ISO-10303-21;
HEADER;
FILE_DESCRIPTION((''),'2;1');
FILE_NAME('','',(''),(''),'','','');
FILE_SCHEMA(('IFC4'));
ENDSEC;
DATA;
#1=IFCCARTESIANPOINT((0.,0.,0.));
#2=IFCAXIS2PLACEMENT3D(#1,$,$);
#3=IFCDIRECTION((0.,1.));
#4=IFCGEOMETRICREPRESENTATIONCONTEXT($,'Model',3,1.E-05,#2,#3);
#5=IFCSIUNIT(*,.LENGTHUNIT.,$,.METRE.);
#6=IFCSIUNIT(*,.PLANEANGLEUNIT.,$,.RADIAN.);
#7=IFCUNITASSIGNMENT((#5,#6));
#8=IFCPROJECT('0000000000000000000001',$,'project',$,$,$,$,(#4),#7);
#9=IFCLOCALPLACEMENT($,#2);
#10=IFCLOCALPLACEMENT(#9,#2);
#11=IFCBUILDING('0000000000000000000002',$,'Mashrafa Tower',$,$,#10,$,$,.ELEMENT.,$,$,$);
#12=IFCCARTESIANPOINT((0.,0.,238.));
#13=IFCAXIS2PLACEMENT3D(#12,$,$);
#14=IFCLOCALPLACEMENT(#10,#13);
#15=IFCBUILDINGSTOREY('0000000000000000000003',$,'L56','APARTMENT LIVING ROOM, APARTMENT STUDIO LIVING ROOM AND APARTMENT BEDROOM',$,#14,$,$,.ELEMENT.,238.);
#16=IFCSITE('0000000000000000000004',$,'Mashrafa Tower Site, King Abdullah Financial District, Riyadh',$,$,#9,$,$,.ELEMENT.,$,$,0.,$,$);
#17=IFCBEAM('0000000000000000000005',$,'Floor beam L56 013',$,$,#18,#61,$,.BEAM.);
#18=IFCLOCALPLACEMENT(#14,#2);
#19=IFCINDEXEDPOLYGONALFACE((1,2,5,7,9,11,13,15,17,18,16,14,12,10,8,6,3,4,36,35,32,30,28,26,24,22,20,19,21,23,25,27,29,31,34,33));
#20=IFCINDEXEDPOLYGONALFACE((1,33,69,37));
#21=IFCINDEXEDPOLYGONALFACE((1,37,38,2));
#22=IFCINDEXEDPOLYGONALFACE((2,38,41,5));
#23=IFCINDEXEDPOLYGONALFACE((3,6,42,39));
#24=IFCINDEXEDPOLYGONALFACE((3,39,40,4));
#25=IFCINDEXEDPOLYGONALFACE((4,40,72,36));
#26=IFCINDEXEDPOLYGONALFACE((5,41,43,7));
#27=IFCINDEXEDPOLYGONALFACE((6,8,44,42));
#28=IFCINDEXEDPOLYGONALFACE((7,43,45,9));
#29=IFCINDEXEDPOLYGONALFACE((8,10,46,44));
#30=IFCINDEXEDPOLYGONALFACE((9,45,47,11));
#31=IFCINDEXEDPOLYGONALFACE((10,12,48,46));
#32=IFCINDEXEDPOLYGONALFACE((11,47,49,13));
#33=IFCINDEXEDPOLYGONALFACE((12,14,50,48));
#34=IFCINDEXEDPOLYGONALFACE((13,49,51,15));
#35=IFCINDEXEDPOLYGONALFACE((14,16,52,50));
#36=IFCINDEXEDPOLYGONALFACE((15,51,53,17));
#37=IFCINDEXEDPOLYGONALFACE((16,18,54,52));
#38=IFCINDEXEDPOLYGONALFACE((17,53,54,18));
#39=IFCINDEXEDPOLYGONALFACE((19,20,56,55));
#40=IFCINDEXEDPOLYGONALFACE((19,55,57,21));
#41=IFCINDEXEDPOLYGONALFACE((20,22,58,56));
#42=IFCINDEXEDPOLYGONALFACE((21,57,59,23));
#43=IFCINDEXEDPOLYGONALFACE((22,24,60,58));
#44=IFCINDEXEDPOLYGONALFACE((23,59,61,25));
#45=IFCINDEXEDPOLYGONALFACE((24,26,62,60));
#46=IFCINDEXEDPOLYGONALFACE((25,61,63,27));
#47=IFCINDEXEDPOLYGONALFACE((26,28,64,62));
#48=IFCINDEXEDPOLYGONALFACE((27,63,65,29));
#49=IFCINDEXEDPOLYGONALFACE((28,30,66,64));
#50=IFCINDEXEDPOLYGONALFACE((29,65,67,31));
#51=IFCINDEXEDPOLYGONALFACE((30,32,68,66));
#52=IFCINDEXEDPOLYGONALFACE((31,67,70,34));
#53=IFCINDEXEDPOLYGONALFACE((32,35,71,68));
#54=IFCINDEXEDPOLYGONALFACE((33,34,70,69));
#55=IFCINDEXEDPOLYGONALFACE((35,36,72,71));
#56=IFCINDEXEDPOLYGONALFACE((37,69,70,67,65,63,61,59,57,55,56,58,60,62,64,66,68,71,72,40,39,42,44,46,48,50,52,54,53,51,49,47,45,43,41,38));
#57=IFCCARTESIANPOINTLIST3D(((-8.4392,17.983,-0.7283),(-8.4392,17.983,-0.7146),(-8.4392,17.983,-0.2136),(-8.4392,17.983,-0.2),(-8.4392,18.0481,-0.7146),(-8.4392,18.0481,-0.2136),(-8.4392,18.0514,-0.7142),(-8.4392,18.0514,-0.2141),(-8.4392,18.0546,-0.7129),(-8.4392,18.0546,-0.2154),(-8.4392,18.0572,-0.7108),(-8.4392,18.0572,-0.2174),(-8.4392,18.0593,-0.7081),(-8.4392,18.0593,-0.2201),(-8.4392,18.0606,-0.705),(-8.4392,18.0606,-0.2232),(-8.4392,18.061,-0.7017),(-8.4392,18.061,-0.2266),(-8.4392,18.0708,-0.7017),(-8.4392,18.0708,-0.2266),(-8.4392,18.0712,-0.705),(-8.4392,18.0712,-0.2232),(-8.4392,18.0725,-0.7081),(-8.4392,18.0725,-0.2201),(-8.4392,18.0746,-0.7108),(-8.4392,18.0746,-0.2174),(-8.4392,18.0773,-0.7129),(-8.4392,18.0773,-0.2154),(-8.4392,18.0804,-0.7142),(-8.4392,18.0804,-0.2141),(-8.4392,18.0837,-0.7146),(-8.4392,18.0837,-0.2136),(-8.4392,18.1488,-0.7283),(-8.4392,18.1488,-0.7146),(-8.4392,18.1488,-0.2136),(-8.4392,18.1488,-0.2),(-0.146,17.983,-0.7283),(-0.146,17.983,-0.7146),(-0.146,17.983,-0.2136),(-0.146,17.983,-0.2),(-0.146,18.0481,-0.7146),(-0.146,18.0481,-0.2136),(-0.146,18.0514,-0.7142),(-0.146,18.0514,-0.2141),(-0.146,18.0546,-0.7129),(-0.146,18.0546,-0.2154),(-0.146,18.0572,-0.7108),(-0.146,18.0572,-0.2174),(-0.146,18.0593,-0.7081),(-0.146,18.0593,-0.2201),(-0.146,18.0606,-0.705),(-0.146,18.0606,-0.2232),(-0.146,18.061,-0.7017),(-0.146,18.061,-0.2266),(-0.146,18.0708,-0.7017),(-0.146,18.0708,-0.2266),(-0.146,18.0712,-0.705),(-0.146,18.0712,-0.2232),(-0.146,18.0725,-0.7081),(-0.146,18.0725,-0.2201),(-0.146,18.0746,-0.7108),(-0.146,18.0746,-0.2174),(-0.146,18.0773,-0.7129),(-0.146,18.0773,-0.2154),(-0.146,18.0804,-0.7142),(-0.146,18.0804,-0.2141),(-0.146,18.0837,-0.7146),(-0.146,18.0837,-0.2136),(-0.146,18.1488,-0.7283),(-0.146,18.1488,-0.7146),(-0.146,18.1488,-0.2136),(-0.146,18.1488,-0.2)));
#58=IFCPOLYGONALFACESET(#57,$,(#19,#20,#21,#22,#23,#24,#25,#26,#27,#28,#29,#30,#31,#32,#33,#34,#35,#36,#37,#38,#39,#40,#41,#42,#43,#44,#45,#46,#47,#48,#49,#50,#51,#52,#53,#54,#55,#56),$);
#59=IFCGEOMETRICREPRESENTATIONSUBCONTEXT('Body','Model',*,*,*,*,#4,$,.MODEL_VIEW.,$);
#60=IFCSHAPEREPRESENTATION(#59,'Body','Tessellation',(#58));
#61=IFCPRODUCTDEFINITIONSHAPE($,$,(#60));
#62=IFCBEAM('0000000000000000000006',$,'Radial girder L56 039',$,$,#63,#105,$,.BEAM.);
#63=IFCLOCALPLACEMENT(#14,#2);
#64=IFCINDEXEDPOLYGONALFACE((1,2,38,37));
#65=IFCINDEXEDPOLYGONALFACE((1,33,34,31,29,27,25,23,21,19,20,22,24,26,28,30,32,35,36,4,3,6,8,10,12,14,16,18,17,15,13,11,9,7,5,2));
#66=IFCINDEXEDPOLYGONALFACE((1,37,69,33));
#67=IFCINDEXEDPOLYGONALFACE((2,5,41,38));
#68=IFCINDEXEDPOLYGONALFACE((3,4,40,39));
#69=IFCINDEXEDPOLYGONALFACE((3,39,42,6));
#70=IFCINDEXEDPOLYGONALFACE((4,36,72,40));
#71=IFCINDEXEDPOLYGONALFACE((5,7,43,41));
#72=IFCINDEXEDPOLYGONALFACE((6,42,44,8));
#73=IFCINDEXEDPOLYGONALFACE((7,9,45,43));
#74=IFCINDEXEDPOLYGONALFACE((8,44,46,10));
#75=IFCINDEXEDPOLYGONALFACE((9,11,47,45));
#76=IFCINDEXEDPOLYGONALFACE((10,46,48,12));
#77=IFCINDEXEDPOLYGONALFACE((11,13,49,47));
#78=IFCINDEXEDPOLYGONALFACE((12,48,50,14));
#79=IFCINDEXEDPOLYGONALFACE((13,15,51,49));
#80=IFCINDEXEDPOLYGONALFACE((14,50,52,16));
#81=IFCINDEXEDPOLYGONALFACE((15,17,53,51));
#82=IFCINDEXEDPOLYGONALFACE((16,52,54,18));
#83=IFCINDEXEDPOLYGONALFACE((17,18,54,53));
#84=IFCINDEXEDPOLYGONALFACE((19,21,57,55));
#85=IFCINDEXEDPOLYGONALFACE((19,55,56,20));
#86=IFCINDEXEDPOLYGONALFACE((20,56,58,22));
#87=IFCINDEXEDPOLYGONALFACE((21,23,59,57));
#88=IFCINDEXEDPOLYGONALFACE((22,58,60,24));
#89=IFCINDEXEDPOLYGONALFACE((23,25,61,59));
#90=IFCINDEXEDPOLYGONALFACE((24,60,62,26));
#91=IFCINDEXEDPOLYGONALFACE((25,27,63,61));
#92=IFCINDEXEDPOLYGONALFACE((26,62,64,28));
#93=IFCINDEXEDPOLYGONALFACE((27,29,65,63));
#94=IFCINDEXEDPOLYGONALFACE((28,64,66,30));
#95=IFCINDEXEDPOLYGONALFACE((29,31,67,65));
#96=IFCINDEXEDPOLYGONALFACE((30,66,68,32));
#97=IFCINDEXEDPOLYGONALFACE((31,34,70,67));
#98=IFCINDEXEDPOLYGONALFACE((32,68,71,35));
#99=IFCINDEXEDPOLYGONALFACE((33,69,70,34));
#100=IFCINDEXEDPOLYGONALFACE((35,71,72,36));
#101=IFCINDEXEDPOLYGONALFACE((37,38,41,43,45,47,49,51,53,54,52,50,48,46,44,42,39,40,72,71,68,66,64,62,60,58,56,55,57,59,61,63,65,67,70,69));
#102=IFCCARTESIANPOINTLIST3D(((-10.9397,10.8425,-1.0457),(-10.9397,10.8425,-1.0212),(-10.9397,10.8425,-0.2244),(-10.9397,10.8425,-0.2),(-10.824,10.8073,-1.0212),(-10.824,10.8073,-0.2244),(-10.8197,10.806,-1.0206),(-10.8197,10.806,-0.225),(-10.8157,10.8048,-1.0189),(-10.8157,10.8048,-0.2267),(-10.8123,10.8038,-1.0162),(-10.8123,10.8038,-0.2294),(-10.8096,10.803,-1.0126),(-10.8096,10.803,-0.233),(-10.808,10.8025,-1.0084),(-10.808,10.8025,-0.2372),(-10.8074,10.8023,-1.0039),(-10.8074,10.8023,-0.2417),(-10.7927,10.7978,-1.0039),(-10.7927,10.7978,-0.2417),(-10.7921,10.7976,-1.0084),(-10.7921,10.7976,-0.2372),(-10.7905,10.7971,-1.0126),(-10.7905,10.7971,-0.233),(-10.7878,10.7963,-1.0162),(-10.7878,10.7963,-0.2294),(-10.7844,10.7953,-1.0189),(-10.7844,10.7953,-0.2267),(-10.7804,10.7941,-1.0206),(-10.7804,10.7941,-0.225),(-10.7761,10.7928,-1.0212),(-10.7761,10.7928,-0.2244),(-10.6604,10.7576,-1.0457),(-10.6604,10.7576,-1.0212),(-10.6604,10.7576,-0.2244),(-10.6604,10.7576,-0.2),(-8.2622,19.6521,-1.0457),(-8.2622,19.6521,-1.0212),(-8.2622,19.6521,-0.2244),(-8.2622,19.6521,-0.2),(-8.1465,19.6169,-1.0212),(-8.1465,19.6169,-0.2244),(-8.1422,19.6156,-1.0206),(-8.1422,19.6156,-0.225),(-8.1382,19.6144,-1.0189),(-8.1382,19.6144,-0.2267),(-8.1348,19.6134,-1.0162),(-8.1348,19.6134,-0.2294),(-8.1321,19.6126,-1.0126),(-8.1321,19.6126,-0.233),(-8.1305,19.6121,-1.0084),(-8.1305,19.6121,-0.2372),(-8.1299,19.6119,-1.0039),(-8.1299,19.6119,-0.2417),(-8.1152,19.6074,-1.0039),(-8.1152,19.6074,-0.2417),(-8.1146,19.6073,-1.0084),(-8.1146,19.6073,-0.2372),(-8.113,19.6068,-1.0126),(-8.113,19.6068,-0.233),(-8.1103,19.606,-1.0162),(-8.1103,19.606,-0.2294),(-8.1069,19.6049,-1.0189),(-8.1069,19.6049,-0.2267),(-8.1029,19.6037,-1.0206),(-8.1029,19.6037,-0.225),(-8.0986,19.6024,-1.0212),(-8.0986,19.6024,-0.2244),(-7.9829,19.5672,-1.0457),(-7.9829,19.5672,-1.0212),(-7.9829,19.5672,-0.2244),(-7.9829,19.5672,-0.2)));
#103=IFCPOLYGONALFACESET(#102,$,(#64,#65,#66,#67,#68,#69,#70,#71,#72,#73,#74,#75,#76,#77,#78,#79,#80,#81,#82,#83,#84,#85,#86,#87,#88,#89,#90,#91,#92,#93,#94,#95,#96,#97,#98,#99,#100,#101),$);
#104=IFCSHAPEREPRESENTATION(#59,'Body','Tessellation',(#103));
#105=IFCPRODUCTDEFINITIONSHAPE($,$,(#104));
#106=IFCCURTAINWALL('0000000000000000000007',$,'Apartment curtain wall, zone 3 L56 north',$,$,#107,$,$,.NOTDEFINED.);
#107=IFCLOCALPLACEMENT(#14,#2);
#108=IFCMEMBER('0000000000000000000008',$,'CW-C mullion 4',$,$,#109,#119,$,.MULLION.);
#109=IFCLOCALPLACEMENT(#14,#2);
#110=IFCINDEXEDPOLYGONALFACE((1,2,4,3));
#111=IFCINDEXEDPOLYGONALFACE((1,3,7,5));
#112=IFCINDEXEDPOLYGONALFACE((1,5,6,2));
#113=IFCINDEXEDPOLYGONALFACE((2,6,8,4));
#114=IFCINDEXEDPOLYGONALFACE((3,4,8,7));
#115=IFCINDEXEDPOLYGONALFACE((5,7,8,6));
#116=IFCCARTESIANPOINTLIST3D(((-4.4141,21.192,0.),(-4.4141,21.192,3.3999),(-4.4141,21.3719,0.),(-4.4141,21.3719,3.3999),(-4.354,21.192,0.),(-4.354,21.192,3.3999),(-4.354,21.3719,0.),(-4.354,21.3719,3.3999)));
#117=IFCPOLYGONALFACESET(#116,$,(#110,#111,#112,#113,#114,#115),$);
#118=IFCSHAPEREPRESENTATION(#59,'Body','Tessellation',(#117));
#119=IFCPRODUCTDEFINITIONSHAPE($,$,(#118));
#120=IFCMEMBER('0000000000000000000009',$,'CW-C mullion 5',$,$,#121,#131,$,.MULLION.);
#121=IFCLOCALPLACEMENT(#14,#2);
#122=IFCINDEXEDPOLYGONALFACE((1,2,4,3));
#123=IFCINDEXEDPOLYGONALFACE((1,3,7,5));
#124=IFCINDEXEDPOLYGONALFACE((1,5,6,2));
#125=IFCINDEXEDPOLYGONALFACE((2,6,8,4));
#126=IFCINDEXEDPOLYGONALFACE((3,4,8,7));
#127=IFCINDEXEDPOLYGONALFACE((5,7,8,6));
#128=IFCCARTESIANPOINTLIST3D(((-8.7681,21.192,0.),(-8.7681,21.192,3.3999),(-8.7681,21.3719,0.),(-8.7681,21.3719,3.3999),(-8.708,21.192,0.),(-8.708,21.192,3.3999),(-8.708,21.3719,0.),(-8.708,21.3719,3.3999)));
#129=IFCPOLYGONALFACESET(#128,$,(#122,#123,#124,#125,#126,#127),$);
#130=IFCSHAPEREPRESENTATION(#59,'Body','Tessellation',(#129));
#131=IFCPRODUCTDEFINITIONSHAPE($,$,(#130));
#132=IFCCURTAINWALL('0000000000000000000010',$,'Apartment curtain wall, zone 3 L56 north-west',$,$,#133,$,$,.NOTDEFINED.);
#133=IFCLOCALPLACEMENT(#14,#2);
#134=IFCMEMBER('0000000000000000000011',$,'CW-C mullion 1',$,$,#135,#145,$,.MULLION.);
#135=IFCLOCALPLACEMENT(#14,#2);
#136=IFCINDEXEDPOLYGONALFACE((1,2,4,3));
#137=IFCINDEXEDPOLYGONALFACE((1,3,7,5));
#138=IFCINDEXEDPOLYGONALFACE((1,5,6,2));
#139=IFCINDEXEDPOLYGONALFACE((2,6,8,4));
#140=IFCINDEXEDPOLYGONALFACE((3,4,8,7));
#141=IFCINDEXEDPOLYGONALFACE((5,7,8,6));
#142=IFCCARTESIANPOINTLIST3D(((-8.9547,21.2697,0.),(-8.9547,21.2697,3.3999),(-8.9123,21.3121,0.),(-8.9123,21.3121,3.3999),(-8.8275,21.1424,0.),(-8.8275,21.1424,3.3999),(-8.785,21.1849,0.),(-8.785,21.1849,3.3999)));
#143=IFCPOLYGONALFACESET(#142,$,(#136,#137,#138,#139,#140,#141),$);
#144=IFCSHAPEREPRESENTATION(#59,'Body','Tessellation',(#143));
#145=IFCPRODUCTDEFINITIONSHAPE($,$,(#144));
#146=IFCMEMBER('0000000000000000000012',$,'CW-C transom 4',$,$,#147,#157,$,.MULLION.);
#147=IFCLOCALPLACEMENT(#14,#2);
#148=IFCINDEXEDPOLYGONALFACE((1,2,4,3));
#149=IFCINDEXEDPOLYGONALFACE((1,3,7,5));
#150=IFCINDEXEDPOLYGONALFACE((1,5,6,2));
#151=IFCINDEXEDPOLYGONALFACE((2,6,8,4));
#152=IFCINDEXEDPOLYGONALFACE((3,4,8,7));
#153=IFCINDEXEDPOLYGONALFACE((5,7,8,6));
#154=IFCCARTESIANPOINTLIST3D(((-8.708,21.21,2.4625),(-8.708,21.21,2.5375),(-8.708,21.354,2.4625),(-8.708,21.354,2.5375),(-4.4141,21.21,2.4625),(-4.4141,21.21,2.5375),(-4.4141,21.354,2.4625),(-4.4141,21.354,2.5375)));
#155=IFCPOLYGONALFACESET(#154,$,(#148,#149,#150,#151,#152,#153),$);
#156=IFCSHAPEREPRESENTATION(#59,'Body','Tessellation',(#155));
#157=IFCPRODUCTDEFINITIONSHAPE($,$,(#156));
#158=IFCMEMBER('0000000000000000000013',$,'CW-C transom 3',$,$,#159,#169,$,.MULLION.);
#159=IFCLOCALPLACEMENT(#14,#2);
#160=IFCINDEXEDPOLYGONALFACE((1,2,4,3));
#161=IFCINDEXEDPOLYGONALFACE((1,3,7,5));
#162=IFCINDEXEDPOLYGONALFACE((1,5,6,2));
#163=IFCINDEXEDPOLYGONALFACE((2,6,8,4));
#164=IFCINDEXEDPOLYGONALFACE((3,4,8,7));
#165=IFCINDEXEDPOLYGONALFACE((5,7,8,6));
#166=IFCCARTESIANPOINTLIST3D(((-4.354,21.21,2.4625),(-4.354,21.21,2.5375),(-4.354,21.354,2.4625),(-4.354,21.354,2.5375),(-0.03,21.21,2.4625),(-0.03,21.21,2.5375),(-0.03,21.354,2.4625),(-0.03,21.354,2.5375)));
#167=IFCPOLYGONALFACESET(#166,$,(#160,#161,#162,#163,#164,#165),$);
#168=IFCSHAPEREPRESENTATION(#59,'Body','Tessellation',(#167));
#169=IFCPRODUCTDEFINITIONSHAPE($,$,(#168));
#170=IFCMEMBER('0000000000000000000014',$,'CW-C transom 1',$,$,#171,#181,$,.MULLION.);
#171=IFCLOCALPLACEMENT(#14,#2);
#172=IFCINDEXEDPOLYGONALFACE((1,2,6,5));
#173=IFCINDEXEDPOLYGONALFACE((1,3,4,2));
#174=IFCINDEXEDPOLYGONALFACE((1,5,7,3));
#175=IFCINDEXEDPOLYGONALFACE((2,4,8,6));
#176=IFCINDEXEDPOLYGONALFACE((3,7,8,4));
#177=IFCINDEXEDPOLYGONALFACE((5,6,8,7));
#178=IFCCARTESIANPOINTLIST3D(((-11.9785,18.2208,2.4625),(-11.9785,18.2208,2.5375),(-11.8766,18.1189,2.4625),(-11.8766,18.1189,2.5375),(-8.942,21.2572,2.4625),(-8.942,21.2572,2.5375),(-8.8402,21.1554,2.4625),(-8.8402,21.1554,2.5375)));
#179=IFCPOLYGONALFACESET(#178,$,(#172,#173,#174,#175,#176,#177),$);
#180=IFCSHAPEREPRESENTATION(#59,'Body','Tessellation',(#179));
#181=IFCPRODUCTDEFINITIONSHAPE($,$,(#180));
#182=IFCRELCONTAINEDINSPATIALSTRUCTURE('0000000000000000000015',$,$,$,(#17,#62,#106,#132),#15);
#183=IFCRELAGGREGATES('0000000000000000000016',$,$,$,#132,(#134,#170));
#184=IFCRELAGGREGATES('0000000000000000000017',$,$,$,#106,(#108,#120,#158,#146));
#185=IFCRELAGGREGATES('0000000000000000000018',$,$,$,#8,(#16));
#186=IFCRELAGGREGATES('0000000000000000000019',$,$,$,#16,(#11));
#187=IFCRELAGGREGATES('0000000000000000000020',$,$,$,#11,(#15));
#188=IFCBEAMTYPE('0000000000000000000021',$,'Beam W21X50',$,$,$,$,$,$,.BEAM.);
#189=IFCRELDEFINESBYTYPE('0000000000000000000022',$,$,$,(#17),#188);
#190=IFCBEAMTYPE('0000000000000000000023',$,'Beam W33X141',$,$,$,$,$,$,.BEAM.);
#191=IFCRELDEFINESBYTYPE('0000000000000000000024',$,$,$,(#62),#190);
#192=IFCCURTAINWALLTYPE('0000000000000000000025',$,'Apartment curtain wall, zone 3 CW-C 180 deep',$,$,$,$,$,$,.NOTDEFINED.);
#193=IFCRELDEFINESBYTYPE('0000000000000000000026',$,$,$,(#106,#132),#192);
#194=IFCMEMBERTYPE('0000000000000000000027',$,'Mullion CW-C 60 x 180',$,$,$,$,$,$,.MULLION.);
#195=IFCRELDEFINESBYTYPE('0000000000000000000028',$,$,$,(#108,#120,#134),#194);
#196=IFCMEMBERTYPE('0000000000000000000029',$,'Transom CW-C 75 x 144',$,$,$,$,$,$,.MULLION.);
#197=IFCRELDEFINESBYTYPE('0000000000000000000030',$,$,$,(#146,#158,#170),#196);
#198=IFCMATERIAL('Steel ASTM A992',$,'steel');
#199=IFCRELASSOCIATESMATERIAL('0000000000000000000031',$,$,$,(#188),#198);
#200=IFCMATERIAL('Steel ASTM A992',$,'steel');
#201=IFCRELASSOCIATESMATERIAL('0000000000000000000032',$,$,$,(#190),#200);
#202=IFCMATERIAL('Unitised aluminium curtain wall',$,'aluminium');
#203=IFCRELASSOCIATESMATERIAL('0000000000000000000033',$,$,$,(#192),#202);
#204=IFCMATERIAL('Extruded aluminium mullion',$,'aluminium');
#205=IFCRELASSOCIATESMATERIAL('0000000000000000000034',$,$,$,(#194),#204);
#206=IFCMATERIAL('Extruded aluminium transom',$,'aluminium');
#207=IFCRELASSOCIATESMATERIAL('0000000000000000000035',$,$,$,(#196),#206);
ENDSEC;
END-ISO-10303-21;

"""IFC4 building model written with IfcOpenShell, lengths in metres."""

from ifc_helpers import new_model, si_unit, direction, frame, origin, origin_2d, place, context, subcontext, project, spatial, rectangle, i_section, extrude, source, transform, mapped, material, material_profile, profile_set, type_object, type_shapes, element, aggregate, save


model = new_model("IFC4")

# Units and contexts
model_context = context("Model", 3, precision=1e-05, world=origin(), true_north=direction((0.0, 1.0)))
body_context = subcontext(model_context, "Body", "Model", "MODEL_VIEW")
ifc_project = project(units=[si_unit("LENGTHUNIT", "METRE"), si_unit("PLANEANGLEUNIT", "RADIAN")], contexts=[model_context])

# Site, building, storey
site_placement = place(None, origin())
site = spatial("IfcSite", under=ifc_project, at=site_placement, Name="Mashrafa Tower Site, King Abdullah Financial District, Riyadh", CompositionType="ELEMENT", RefElevation=0.0)
building_placement = place(site_placement, origin())
building = spatial("IfcBuilding", under=site, at=building_placement, Name="Mashrafa Tower", CompositionType="ELEMENT")
storey_placement = place(building_placement, frame((0.0, 0.0, 238.0)))
storey = spatial("IfcBuildingStorey", under=building, at=storey_placement, Name="L56", Description="APARTMENT LIVING ROOM, APARTMENT STUDIO LIVING ROOM AND APARTMENT BEDROOM", CompositionType="ELEMENT", Elevation=238.0)

# Beams
ifc_material_1 = material(Name="Steel ASTM A992", Category="steel")
ifc_material_profile_1 = material_profile(ifc_material_1, i_section(OverallWidth=0.1658, OverallDepth=0.5283, WebThickness=0.0098, FlangeThickness=0.0137, FilletRadius=0.0129, at=origin_2d()), Name="W21X50")
ifc_profile_set_1 = profile_set([ifc_material_profile_1], Name="Steel ASTM A992")
beam_type_1 = type_object("IfcBeamType", Name="Beam W21X50", PredefinedType="BEAM", material=ifc_profile_set_1)
beam_1_placement = place(storey_placement, frame((-8.4392, 18.0659, -0.4641), z_axis=(1.0, 0.0, 0.0), x_axis=(0.0, 1.0, 0.0)))
element("IfcBeam", 1, at=beam_1_placement, inside=storey, type_object=beam_type_1, Name="Floor beam L56 013", PredefinedType="BEAM", context=body_context, shape_type="SweptSolid", body=[
    extrude(i_section(OverallWidth=0.1658, OverallDepth=0.5283, WebThickness=0.0098, FlangeThickness=0.0137, FilletRadius=0.0129, at=origin_2d()), origin(), (0.0, 0.0, 1.0), 8.2932),
])
ifc_material_2 = material(Name="Steel ASTM A992", Category="steel")
ifc_material_profile_2 = material_profile(ifc_material_2, i_section(OverallWidth=0.292, OverallDepth=0.8457, WebThickness=0.0154, FlangeThickness=0.0244, FilletRadius=0.0173, at=origin_2d()), Name="W33X141")
ifc_profile_set_2 = profile_set([ifc_material_profile_2], Name="Steel ASTM A992")
beam_type_2 = type_object("IfcBeamType", Name="Beam W33X141", PredefinedType="BEAM", material=ifc_profile_set_2)
beam_2_placement = place(storey_placement, frame((-10.8, 10.8, -0.6228), z_axis=(0.290795, 0.956785, 0.0), x_axis=(-0.956785, 0.290795, 0.0)))
element("IfcBeam", 2, at=beam_2_placement, inside=storey, type_object=beam_type_2, Name="Radial girder L56 039", PredefinedType="BEAM", context=body_context, shape_type="SweptSolid", body=[
    extrude(i_section(OverallWidth=0.292, OverallDepth=0.8457, WebThickness=0.0154, FlangeThickness=0.0244, FilletRadius=0.0173, at=origin_2d()), origin(), (0.0, 0.0, 1.0), 9.2075),
])

# Curtain wall, members
ifc_material_3 = material(Name="Unitised aluminium curtain wall", Category="aluminium")
curtain_wall_type = type_object("IfcCurtainWallType", Name="Apartment curtain wall, zone 3 CW-C 180 deep", PredefinedType="NOTDEFINED", material=ifc_material_3)
curtain_wall_1_placement = place(storey_placement, origin())
curtain_wall_1 = element("IfcCurtainWall", 3, at=curtain_wall_1_placement, inside=storey, type_object=curtain_wall_type, Name="Apartment curtain wall, zone 3 L56 north", PredefinedType="NOTDEFINED")
ifc_material_4 = material(Name="Extruded aluminium mullion", Category="aluminium")
ifc_material_profile_3 = material_profile(ifc_material_4, rectangle(XDim=0.1799, YDim=0.0601, at=origin_2d()), Name="Mullion 60x180")
ifc_profile_set_3 = profile_set([ifc_material_profile_3], Name="Extruded aluminium mullion")
member_type_1 = type_object("IfcMemberType", Name="Mullion CW-C 60 x 180", PredefinedType="MULLION", material=ifc_profile_set_3)
shared_shape_1 = source(origin(), body_context, "Body", "SweptSolid", [
    extrude(rectangle(XDim=0.1799, YDim=0.0601, at=origin_2d()), origin(), (0.0, 0.0, 1.0), 3.3999),
])
type_shapes(member_type_1, [shared_shape_1])
member_1_placement = place(storey_placement, frame((-4.384, 21.282, 0.0), z_axis=(0.0, 0.0, 1.0), x_axis=(0.0, -1.0, 0.0)))
member_1 = element("IfcMember", 4, at=member_1_placement, type_object=member_type_1, Name="CW-C mullion 4", PredefinedType="MULLION", context=body_context, shape_type="MappedRepresentation", body=[
    mapped(shared_shape_1, transform((0.0, 0.0, 0.0))),
])
member_2_placement = place(storey_placement, frame((-8.738, 21.282, 0.0), z_axis=(0.0, 0.0, 1.0), x_axis=(0.0, -1.0, 0.0)))
member_2 = element("IfcMember", 5, at=member_2_placement, type_object=member_type_1, Name="CW-C mullion 5", PredefinedType="MULLION", context=body_context, shape_type="MappedRepresentation", body=[
    mapped(shared_shape_1, transform((0.0, 0.0, 0.0))),
])

# Curtain wall, member
curtain_wall_2_placement = place(storey_placement, origin())
curtain_wall_2 = element("IfcCurtainWall", 6, at=curtain_wall_2_placement, inside=storey, type_object=curtain_wall_type, Name="Apartment curtain wall, zone 3 L56 north-west", PredefinedType="NOTDEFINED")
member_3_placement = place(storey_placement, frame((-8.8699, 21.2273, 0.0), z_axis=(0.0, 0.0, 1.0), x_axis=(0.707107, -0.707107, 0.0)))
member_3 = element("IfcMember", 7, at=member_3_placement, type_object=member_type_1, Name="CW-C mullion 1", PredefinedType="MULLION", context=body_context, shape_type="MappedRepresentation", body=[
    mapped(shared_shape_1, transform((0.0, 0.0, 0.0))),
])

# Members
ifc_material_5 = material(Name="Extruded aluminium transom", Category="aluminium")
ifc_material_profile_4 = material_profile(ifc_material_5, rectangle(XDim=0.144, YDim=0.075, at=origin_2d()), Name="Transom 75x144")
ifc_profile_set_4 = profile_set([ifc_material_profile_4], Name="Extruded aluminium transom")
member_type_2 = type_object("IfcMemberType", Name="Transom CW-C 75 x 144", PredefinedType="MULLION", material=ifc_profile_set_4)
shared_shape_2 = source(origin(), body_context, "Body", "SweptSolid", [
    extrude(rectangle(XDim=0.144, YDim=0.075, at=origin_2d()), origin(), (0.0, 0.0, 1.0), 4.2939),
])
member_4_placement = place(storey_placement, frame((-4.4141, 21.282, 2.5), z_axis=(-1.0, 0.0, 0.0), x_axis=(0.0, -1.0, 0.0)))
member_4 = element("IfcMember", 8, at=member_4_placement, type_object=member_type_2, Name="CW-C transom 4", PredefinedType="MULLION", context=body_context, shape_type="MappedRepresentation", body=[
    mapped(shared_shape_2, transform((0.0, 0.0, 0.0))),
])
shared_shape_3 = source(origin(), body_context, "Body", "SweptSolid", [
    extrude(rectangle(XDim=0.144, YDim=0.075, at=origin_2d()), origin(), (0.0, 0.0, 1.0), 4.324),
])
member_5_placement = place(storey_placement, frame((-0.03, 21.282, 2.5), z_axis=(-1.0, 0.0, 0.0), x_axis=(0.0, -1.0, 0.0)))
member_5 = element("IfcMember", 9, at=member_5_placement, type_object=member_type_2, Name="CW-C transom 3", PredefinedType="MULLION", context=body_context, shape_type="MappedRepresentation", body=[
    mapped(shared_shape_3, transform((0.0, 0.0, 0.0))),
])
shared_shape_4 = source(origin(), body_context, "Body", "SweptSolid", [
    extrude(rectangle(XDim=0.144, YDim=0.075, at=origin_2d()), origin(), (0.0, 0.0, 1.0), 4.2942),
])
type_shapes(member_type_2, [shared_shape_2, shared_shape_3, shared_shape_4])
member_6_placement = place(storey_placement, frame((-8.8911, 21.2063, 2.5), z_axis=(-0.707107, -0.707107, 0.0), x_axis=(0.707107, -0.707107, 0.0)))
member_6 = element("IfcMember", 10, at=member_6_placement, type_object=member_type_2, Name="CW-C transom 1", PredefinedType="MULLION", context=body_context, shape_type="MappedRepresentation", body=[
    mapped(shared_shape_4, transform((0.0, 0.0, 0.0))),
])

aggregate(curtain_wall_2, [member_3, member_6])
aggregate(curtain_wall_1, [member_1, member_2, member_5, member_4])

save(model, "model.ifc")
